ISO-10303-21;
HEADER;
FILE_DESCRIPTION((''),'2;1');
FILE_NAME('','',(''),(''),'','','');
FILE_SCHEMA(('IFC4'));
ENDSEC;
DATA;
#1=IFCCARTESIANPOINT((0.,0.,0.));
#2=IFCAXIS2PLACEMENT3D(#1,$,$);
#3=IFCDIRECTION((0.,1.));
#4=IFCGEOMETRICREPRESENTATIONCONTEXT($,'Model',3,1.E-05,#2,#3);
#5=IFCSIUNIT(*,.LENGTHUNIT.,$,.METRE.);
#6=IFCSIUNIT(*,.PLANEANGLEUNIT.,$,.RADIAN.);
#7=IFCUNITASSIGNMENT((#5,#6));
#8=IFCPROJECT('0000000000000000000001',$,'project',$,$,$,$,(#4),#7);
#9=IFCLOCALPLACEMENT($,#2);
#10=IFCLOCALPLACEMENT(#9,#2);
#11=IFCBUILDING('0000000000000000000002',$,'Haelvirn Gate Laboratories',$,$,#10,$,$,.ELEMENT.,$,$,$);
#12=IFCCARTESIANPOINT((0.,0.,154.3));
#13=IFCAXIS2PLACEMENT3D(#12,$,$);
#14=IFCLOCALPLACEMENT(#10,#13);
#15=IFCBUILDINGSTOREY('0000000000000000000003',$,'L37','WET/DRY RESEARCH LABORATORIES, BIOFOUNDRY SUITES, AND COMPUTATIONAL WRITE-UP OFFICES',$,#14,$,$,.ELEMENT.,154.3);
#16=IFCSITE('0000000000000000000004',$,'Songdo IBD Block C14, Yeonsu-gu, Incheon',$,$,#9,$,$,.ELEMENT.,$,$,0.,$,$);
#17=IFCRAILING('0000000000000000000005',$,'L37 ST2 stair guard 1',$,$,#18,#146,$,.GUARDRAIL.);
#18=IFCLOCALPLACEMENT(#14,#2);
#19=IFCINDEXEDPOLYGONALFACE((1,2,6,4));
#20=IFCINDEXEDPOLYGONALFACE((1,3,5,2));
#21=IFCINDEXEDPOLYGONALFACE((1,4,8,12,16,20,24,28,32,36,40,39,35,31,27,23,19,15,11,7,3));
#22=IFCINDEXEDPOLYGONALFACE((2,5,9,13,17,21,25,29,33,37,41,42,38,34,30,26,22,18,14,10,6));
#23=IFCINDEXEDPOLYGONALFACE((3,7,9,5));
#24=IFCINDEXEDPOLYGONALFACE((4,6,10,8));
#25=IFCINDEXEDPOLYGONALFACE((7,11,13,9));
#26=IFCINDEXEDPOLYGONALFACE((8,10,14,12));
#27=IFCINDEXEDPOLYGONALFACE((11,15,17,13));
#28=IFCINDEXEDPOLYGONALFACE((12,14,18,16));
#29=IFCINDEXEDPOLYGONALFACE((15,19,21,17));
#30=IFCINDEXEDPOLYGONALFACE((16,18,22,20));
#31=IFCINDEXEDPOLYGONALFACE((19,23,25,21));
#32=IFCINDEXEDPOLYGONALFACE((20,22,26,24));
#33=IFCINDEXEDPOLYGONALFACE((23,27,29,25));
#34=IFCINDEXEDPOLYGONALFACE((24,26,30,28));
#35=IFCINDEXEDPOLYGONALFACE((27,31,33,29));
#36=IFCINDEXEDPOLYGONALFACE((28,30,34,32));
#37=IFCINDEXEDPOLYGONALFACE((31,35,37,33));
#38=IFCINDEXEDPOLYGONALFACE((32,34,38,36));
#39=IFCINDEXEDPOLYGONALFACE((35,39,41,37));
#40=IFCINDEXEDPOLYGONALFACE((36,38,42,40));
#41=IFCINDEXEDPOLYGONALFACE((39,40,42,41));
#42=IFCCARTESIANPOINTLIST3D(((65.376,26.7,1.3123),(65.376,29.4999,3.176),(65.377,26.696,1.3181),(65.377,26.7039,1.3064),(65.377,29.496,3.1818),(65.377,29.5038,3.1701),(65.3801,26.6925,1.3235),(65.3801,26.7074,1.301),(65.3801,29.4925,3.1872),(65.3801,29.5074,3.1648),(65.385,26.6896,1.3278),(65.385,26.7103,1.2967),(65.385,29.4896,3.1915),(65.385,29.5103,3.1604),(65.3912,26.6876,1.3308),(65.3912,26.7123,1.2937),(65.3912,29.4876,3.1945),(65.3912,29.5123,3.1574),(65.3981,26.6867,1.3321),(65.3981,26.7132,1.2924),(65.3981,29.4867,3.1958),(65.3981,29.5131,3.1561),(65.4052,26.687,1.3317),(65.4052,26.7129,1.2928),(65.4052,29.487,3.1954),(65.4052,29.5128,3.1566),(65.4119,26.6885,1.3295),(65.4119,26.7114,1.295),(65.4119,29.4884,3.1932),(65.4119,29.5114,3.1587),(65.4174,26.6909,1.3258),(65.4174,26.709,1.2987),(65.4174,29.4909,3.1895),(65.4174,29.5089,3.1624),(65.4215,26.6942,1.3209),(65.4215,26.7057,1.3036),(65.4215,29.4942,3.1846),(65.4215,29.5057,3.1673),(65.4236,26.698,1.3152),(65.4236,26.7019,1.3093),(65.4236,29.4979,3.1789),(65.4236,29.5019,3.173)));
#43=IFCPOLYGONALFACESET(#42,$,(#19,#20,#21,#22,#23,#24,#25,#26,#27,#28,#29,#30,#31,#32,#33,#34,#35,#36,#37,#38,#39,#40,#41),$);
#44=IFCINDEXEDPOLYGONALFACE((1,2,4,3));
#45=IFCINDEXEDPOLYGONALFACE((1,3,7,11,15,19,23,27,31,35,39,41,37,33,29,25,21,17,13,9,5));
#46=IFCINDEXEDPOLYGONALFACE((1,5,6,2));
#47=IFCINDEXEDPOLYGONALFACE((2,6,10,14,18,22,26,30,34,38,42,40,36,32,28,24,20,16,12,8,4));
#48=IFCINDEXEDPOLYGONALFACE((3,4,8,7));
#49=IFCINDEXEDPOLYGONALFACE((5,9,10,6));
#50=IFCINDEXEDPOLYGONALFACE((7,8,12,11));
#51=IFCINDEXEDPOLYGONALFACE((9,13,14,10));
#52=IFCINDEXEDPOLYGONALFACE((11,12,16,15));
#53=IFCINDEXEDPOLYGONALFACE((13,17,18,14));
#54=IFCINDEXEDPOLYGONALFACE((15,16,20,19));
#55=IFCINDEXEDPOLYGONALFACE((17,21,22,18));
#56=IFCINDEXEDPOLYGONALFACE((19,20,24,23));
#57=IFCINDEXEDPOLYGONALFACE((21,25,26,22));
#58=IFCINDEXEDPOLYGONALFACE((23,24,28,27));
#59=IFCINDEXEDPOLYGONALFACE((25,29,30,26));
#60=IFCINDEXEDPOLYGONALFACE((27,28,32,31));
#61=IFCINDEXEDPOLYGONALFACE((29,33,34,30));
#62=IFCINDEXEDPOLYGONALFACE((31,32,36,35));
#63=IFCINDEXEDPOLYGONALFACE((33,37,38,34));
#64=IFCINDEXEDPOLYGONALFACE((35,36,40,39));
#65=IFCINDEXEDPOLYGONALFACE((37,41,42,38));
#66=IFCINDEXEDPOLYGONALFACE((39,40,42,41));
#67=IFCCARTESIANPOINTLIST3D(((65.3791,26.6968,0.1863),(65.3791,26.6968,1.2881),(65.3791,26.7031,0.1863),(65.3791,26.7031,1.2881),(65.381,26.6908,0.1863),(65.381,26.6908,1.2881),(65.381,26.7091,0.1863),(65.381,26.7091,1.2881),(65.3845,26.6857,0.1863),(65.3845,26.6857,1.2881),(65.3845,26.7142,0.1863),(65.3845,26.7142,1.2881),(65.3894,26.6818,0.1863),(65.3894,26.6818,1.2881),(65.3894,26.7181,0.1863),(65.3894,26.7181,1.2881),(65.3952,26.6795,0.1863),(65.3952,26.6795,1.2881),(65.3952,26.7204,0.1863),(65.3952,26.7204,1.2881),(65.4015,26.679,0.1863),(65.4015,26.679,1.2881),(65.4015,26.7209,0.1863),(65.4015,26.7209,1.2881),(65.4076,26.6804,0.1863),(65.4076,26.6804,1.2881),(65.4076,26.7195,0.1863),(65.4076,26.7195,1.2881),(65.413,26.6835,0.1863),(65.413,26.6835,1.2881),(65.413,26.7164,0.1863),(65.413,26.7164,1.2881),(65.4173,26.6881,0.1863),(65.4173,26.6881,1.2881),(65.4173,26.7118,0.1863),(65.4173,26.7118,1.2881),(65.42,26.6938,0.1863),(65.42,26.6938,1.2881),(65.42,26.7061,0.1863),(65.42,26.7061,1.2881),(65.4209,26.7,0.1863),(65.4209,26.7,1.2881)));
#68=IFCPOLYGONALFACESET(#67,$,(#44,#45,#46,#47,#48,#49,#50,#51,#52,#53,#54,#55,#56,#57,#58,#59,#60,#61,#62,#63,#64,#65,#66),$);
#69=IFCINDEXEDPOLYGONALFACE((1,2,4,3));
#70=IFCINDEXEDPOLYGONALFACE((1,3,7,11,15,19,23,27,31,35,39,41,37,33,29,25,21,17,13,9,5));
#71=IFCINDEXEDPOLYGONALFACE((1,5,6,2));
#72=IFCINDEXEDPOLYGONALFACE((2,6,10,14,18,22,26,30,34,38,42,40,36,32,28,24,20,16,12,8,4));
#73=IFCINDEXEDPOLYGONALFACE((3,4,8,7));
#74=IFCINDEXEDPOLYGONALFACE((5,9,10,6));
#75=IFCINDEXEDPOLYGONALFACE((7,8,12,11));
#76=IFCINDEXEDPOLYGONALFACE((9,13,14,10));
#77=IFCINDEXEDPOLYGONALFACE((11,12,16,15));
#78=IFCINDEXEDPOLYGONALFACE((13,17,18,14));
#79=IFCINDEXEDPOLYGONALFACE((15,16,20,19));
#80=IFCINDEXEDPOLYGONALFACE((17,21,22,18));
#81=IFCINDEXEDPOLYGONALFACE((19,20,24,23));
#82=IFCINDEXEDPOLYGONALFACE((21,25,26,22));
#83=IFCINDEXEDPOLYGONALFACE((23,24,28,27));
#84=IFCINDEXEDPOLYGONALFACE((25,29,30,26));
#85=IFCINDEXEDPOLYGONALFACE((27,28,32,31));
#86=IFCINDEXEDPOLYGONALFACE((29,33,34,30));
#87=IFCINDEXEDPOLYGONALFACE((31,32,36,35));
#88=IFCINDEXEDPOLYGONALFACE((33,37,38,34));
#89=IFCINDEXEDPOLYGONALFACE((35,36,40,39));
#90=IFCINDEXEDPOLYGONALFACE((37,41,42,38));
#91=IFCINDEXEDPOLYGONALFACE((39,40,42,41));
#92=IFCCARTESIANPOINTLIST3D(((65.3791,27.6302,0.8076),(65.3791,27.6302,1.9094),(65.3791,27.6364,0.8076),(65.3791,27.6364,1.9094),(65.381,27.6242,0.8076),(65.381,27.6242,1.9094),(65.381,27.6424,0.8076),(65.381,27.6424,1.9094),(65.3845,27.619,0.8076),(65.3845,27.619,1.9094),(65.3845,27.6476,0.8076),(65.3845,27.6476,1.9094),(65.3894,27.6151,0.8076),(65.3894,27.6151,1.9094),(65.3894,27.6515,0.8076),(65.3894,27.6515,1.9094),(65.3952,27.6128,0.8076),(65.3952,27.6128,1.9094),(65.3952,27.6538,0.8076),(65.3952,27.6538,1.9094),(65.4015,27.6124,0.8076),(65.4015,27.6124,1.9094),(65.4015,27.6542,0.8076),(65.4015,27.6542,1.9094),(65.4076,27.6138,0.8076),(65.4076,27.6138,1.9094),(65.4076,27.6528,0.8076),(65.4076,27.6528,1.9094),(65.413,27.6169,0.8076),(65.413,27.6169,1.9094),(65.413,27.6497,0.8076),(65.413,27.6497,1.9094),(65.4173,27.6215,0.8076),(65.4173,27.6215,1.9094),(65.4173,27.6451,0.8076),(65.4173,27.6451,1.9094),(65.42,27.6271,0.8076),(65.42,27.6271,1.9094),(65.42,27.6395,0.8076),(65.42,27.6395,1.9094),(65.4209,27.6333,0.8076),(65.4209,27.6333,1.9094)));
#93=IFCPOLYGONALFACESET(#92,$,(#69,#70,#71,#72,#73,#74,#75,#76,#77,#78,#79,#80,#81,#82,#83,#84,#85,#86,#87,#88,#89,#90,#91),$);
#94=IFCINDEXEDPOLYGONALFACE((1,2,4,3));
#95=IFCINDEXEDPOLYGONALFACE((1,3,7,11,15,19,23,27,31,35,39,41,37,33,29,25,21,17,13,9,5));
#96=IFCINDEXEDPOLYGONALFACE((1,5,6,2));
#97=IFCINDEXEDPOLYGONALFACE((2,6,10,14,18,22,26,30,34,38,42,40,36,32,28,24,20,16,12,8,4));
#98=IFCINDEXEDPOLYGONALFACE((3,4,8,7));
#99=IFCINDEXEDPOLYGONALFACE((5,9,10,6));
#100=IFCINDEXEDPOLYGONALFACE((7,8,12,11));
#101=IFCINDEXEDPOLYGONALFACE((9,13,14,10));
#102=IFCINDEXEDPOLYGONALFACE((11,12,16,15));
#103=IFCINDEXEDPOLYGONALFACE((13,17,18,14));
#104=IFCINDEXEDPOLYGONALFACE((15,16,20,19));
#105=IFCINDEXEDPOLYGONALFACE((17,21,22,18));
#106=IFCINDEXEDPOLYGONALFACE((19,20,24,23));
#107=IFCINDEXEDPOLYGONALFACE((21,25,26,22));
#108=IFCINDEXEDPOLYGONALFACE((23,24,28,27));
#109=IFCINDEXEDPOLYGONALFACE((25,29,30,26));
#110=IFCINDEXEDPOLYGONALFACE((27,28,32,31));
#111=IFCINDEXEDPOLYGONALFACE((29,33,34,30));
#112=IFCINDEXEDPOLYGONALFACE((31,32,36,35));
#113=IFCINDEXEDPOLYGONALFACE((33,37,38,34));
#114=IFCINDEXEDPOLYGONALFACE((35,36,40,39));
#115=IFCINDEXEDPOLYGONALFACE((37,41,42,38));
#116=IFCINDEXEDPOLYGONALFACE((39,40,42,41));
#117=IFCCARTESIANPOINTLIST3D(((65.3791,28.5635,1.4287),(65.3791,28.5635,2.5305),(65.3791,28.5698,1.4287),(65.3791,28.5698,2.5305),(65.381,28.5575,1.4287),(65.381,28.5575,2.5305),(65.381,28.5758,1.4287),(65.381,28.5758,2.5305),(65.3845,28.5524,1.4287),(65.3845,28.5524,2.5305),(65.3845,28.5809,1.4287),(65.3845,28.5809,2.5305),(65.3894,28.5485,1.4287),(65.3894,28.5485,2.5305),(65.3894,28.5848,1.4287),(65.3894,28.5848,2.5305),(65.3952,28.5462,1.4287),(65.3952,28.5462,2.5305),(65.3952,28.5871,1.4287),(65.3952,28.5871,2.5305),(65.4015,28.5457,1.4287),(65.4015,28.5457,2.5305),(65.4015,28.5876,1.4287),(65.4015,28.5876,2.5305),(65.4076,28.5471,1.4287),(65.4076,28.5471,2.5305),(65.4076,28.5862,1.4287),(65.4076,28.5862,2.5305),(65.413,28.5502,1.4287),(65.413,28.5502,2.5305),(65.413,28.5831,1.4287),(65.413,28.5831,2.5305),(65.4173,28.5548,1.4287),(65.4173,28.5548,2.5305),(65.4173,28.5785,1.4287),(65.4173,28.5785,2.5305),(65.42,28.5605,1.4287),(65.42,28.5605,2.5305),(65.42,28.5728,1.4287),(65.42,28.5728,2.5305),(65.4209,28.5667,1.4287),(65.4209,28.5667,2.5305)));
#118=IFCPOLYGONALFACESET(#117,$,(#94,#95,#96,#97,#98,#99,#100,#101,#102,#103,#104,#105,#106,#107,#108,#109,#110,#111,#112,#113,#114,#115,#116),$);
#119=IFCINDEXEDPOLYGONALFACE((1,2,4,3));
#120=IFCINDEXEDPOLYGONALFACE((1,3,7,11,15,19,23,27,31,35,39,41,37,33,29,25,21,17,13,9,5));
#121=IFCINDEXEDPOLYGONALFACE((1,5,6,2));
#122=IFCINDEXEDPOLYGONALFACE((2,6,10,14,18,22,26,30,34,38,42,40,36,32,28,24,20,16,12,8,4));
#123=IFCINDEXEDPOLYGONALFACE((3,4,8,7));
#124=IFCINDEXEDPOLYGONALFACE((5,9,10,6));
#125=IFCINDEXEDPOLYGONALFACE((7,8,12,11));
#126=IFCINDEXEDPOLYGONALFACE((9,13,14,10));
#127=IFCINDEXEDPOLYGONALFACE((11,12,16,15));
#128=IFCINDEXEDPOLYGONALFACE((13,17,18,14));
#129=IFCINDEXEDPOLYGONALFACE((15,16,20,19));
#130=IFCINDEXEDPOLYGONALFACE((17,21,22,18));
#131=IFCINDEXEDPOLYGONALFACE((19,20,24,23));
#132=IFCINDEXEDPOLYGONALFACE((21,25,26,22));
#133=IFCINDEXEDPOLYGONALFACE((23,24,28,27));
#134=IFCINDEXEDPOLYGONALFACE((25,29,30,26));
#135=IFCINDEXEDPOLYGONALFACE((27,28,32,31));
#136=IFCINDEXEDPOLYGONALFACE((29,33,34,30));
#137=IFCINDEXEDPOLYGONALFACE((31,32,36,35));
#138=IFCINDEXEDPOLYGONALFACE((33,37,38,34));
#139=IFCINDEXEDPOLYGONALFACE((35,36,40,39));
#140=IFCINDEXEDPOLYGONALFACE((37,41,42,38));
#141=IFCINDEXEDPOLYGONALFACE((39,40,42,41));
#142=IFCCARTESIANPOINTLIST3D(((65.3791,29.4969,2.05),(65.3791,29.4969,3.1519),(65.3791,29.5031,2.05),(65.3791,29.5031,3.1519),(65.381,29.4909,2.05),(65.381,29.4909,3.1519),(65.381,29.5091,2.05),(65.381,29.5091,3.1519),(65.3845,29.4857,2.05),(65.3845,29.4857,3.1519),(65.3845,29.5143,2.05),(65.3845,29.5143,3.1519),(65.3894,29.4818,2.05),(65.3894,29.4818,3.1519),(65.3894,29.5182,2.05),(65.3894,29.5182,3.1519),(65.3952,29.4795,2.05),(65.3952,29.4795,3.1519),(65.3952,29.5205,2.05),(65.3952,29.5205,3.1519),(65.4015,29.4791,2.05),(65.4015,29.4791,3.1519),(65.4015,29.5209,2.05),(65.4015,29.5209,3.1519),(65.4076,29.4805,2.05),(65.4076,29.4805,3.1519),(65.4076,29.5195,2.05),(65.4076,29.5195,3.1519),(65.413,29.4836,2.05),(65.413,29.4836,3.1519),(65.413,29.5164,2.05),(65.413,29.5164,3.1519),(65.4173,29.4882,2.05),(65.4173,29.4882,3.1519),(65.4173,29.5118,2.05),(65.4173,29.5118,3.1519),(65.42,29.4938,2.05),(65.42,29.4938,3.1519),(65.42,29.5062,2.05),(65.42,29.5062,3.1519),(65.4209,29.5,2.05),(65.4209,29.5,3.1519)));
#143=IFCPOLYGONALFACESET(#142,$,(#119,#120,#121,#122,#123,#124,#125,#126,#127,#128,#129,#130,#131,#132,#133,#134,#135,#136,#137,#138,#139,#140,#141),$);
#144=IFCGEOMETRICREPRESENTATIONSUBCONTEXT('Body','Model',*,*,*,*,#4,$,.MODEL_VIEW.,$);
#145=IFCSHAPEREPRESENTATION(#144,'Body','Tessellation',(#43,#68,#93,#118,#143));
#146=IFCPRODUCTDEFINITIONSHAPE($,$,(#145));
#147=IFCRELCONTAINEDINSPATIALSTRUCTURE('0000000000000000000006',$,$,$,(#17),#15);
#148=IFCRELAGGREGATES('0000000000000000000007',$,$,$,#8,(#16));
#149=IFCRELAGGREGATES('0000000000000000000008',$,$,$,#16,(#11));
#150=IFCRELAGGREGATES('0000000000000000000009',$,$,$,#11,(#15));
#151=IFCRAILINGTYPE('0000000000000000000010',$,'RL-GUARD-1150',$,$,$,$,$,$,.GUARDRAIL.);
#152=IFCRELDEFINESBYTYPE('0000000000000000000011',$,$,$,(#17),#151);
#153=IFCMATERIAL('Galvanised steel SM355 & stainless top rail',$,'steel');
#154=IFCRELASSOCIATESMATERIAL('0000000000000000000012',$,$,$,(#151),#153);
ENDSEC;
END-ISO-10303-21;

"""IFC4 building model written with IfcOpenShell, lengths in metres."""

from ifc_helpers import new_model, si_unit, direction, frame, origin, origin_2d, place, context, subcontext, project, spatial, circle, extrude, source, transform, mapped, material, type_object, element, save


model = new_model("IFC4")

# Units and contexts
model_context = context("Model", 3, precision=1e-05, world=origin(), true_north=direction((0.0, 1.0)))
body_context = subcontext(model_context, "Body", "Model", "MODEL_VIEW")
ifc_project = project(units=[si_unit("LENGTHUNIT", "METRE"), si_unit("PLANEANGLEUNIT", "RADIAN")], contexts=[model_context])

# Site, building, storey
site_placement = place(None, origin())
site = spatial("IfcSite", under=ifc_project, at=site_placement, Name="Songdo IBD Block C14, Yeonsu-gu, Incheon", CompositionType="ELEMENT", RefElevation=0.0)
building_placement = place(site_placement, origin())
building = spatial("IfcBuilding", under=site, at=building_placement, Name="Haelvirn Gate Laboratories", CompositionType="ELEMENT")
storey_placement = place(building_placement, frame((0.0, 0.0, 154.3)))
storey = spatial("IfcBuildingStorey", under=building, at=storey_placement, Name="L37", Description="WET/DRY RESEARCH LABORATORIES, BIOFOUNDRY SUITES, AND COMPUTATIONAL WRITE-UP OFFICES", CompositionType="ELEMENT", Elevation=154.3)

# Railing
ifc_material_1 = material(Name="Galvanised steel SM355 & stainless top rail", Category="steel")
railing_type_1 = type_object("IfcRailingType", Name="RL-GUARD-1150", PredefinedType="GUARDRAIL", material=ifc_material_1)
shared_shape_1 = source(origin(), body_context, "Body", "SweptSolid", [
    extrude(circle(Radius=0.0239, at=origin_2d()), frame((0.0, 0.0, 1.126), z_axis=(0.0, 0.832452, 0.554097), x_axis=(-1.0, 0.0, 0.0)), (0.0, 0.0, 1.0), 3.3635),
    extrude(circle(Radius=0.021, at=origin_2d()), origin(), (0.0, 0.0, 1.0), 1.1018),
    extrude(circle(Radius=0.021, at=origin_2d()), frame((0.0, 0.9333, 0.6213)), (0.0, 0.0, 1.0), 1.1018),
    extrude(circle(Radius=0.021, at=origin_2d()), frame((0.0, 1.8667, 1.2424)), (0.0, 0.0, 1.0), 1.1018),
    extrude(circle(Radius=0.021, at=origin_2d()), frame((0.0, 2.8, 1.8638)), (0.0, 0.0, 1.0), 1.1018),
])
railing_1_placement = place(storey_placement, frame((65.3999, 26.7, 0.1863)))
element("IfcRailing", 1, at=railing_1_placement, inside=storey, type_object=railing_type_1, Name="L37 ST2 stair guard 1", PredefinedType="GUARDRAIL", context=body_context, shape_type="MappedRepresentation", body=[
    mapped(shared_shape_1, transform((0.0, 0.0, 0.0), scale=1.0)),
])

save(model, "model.ifc")
